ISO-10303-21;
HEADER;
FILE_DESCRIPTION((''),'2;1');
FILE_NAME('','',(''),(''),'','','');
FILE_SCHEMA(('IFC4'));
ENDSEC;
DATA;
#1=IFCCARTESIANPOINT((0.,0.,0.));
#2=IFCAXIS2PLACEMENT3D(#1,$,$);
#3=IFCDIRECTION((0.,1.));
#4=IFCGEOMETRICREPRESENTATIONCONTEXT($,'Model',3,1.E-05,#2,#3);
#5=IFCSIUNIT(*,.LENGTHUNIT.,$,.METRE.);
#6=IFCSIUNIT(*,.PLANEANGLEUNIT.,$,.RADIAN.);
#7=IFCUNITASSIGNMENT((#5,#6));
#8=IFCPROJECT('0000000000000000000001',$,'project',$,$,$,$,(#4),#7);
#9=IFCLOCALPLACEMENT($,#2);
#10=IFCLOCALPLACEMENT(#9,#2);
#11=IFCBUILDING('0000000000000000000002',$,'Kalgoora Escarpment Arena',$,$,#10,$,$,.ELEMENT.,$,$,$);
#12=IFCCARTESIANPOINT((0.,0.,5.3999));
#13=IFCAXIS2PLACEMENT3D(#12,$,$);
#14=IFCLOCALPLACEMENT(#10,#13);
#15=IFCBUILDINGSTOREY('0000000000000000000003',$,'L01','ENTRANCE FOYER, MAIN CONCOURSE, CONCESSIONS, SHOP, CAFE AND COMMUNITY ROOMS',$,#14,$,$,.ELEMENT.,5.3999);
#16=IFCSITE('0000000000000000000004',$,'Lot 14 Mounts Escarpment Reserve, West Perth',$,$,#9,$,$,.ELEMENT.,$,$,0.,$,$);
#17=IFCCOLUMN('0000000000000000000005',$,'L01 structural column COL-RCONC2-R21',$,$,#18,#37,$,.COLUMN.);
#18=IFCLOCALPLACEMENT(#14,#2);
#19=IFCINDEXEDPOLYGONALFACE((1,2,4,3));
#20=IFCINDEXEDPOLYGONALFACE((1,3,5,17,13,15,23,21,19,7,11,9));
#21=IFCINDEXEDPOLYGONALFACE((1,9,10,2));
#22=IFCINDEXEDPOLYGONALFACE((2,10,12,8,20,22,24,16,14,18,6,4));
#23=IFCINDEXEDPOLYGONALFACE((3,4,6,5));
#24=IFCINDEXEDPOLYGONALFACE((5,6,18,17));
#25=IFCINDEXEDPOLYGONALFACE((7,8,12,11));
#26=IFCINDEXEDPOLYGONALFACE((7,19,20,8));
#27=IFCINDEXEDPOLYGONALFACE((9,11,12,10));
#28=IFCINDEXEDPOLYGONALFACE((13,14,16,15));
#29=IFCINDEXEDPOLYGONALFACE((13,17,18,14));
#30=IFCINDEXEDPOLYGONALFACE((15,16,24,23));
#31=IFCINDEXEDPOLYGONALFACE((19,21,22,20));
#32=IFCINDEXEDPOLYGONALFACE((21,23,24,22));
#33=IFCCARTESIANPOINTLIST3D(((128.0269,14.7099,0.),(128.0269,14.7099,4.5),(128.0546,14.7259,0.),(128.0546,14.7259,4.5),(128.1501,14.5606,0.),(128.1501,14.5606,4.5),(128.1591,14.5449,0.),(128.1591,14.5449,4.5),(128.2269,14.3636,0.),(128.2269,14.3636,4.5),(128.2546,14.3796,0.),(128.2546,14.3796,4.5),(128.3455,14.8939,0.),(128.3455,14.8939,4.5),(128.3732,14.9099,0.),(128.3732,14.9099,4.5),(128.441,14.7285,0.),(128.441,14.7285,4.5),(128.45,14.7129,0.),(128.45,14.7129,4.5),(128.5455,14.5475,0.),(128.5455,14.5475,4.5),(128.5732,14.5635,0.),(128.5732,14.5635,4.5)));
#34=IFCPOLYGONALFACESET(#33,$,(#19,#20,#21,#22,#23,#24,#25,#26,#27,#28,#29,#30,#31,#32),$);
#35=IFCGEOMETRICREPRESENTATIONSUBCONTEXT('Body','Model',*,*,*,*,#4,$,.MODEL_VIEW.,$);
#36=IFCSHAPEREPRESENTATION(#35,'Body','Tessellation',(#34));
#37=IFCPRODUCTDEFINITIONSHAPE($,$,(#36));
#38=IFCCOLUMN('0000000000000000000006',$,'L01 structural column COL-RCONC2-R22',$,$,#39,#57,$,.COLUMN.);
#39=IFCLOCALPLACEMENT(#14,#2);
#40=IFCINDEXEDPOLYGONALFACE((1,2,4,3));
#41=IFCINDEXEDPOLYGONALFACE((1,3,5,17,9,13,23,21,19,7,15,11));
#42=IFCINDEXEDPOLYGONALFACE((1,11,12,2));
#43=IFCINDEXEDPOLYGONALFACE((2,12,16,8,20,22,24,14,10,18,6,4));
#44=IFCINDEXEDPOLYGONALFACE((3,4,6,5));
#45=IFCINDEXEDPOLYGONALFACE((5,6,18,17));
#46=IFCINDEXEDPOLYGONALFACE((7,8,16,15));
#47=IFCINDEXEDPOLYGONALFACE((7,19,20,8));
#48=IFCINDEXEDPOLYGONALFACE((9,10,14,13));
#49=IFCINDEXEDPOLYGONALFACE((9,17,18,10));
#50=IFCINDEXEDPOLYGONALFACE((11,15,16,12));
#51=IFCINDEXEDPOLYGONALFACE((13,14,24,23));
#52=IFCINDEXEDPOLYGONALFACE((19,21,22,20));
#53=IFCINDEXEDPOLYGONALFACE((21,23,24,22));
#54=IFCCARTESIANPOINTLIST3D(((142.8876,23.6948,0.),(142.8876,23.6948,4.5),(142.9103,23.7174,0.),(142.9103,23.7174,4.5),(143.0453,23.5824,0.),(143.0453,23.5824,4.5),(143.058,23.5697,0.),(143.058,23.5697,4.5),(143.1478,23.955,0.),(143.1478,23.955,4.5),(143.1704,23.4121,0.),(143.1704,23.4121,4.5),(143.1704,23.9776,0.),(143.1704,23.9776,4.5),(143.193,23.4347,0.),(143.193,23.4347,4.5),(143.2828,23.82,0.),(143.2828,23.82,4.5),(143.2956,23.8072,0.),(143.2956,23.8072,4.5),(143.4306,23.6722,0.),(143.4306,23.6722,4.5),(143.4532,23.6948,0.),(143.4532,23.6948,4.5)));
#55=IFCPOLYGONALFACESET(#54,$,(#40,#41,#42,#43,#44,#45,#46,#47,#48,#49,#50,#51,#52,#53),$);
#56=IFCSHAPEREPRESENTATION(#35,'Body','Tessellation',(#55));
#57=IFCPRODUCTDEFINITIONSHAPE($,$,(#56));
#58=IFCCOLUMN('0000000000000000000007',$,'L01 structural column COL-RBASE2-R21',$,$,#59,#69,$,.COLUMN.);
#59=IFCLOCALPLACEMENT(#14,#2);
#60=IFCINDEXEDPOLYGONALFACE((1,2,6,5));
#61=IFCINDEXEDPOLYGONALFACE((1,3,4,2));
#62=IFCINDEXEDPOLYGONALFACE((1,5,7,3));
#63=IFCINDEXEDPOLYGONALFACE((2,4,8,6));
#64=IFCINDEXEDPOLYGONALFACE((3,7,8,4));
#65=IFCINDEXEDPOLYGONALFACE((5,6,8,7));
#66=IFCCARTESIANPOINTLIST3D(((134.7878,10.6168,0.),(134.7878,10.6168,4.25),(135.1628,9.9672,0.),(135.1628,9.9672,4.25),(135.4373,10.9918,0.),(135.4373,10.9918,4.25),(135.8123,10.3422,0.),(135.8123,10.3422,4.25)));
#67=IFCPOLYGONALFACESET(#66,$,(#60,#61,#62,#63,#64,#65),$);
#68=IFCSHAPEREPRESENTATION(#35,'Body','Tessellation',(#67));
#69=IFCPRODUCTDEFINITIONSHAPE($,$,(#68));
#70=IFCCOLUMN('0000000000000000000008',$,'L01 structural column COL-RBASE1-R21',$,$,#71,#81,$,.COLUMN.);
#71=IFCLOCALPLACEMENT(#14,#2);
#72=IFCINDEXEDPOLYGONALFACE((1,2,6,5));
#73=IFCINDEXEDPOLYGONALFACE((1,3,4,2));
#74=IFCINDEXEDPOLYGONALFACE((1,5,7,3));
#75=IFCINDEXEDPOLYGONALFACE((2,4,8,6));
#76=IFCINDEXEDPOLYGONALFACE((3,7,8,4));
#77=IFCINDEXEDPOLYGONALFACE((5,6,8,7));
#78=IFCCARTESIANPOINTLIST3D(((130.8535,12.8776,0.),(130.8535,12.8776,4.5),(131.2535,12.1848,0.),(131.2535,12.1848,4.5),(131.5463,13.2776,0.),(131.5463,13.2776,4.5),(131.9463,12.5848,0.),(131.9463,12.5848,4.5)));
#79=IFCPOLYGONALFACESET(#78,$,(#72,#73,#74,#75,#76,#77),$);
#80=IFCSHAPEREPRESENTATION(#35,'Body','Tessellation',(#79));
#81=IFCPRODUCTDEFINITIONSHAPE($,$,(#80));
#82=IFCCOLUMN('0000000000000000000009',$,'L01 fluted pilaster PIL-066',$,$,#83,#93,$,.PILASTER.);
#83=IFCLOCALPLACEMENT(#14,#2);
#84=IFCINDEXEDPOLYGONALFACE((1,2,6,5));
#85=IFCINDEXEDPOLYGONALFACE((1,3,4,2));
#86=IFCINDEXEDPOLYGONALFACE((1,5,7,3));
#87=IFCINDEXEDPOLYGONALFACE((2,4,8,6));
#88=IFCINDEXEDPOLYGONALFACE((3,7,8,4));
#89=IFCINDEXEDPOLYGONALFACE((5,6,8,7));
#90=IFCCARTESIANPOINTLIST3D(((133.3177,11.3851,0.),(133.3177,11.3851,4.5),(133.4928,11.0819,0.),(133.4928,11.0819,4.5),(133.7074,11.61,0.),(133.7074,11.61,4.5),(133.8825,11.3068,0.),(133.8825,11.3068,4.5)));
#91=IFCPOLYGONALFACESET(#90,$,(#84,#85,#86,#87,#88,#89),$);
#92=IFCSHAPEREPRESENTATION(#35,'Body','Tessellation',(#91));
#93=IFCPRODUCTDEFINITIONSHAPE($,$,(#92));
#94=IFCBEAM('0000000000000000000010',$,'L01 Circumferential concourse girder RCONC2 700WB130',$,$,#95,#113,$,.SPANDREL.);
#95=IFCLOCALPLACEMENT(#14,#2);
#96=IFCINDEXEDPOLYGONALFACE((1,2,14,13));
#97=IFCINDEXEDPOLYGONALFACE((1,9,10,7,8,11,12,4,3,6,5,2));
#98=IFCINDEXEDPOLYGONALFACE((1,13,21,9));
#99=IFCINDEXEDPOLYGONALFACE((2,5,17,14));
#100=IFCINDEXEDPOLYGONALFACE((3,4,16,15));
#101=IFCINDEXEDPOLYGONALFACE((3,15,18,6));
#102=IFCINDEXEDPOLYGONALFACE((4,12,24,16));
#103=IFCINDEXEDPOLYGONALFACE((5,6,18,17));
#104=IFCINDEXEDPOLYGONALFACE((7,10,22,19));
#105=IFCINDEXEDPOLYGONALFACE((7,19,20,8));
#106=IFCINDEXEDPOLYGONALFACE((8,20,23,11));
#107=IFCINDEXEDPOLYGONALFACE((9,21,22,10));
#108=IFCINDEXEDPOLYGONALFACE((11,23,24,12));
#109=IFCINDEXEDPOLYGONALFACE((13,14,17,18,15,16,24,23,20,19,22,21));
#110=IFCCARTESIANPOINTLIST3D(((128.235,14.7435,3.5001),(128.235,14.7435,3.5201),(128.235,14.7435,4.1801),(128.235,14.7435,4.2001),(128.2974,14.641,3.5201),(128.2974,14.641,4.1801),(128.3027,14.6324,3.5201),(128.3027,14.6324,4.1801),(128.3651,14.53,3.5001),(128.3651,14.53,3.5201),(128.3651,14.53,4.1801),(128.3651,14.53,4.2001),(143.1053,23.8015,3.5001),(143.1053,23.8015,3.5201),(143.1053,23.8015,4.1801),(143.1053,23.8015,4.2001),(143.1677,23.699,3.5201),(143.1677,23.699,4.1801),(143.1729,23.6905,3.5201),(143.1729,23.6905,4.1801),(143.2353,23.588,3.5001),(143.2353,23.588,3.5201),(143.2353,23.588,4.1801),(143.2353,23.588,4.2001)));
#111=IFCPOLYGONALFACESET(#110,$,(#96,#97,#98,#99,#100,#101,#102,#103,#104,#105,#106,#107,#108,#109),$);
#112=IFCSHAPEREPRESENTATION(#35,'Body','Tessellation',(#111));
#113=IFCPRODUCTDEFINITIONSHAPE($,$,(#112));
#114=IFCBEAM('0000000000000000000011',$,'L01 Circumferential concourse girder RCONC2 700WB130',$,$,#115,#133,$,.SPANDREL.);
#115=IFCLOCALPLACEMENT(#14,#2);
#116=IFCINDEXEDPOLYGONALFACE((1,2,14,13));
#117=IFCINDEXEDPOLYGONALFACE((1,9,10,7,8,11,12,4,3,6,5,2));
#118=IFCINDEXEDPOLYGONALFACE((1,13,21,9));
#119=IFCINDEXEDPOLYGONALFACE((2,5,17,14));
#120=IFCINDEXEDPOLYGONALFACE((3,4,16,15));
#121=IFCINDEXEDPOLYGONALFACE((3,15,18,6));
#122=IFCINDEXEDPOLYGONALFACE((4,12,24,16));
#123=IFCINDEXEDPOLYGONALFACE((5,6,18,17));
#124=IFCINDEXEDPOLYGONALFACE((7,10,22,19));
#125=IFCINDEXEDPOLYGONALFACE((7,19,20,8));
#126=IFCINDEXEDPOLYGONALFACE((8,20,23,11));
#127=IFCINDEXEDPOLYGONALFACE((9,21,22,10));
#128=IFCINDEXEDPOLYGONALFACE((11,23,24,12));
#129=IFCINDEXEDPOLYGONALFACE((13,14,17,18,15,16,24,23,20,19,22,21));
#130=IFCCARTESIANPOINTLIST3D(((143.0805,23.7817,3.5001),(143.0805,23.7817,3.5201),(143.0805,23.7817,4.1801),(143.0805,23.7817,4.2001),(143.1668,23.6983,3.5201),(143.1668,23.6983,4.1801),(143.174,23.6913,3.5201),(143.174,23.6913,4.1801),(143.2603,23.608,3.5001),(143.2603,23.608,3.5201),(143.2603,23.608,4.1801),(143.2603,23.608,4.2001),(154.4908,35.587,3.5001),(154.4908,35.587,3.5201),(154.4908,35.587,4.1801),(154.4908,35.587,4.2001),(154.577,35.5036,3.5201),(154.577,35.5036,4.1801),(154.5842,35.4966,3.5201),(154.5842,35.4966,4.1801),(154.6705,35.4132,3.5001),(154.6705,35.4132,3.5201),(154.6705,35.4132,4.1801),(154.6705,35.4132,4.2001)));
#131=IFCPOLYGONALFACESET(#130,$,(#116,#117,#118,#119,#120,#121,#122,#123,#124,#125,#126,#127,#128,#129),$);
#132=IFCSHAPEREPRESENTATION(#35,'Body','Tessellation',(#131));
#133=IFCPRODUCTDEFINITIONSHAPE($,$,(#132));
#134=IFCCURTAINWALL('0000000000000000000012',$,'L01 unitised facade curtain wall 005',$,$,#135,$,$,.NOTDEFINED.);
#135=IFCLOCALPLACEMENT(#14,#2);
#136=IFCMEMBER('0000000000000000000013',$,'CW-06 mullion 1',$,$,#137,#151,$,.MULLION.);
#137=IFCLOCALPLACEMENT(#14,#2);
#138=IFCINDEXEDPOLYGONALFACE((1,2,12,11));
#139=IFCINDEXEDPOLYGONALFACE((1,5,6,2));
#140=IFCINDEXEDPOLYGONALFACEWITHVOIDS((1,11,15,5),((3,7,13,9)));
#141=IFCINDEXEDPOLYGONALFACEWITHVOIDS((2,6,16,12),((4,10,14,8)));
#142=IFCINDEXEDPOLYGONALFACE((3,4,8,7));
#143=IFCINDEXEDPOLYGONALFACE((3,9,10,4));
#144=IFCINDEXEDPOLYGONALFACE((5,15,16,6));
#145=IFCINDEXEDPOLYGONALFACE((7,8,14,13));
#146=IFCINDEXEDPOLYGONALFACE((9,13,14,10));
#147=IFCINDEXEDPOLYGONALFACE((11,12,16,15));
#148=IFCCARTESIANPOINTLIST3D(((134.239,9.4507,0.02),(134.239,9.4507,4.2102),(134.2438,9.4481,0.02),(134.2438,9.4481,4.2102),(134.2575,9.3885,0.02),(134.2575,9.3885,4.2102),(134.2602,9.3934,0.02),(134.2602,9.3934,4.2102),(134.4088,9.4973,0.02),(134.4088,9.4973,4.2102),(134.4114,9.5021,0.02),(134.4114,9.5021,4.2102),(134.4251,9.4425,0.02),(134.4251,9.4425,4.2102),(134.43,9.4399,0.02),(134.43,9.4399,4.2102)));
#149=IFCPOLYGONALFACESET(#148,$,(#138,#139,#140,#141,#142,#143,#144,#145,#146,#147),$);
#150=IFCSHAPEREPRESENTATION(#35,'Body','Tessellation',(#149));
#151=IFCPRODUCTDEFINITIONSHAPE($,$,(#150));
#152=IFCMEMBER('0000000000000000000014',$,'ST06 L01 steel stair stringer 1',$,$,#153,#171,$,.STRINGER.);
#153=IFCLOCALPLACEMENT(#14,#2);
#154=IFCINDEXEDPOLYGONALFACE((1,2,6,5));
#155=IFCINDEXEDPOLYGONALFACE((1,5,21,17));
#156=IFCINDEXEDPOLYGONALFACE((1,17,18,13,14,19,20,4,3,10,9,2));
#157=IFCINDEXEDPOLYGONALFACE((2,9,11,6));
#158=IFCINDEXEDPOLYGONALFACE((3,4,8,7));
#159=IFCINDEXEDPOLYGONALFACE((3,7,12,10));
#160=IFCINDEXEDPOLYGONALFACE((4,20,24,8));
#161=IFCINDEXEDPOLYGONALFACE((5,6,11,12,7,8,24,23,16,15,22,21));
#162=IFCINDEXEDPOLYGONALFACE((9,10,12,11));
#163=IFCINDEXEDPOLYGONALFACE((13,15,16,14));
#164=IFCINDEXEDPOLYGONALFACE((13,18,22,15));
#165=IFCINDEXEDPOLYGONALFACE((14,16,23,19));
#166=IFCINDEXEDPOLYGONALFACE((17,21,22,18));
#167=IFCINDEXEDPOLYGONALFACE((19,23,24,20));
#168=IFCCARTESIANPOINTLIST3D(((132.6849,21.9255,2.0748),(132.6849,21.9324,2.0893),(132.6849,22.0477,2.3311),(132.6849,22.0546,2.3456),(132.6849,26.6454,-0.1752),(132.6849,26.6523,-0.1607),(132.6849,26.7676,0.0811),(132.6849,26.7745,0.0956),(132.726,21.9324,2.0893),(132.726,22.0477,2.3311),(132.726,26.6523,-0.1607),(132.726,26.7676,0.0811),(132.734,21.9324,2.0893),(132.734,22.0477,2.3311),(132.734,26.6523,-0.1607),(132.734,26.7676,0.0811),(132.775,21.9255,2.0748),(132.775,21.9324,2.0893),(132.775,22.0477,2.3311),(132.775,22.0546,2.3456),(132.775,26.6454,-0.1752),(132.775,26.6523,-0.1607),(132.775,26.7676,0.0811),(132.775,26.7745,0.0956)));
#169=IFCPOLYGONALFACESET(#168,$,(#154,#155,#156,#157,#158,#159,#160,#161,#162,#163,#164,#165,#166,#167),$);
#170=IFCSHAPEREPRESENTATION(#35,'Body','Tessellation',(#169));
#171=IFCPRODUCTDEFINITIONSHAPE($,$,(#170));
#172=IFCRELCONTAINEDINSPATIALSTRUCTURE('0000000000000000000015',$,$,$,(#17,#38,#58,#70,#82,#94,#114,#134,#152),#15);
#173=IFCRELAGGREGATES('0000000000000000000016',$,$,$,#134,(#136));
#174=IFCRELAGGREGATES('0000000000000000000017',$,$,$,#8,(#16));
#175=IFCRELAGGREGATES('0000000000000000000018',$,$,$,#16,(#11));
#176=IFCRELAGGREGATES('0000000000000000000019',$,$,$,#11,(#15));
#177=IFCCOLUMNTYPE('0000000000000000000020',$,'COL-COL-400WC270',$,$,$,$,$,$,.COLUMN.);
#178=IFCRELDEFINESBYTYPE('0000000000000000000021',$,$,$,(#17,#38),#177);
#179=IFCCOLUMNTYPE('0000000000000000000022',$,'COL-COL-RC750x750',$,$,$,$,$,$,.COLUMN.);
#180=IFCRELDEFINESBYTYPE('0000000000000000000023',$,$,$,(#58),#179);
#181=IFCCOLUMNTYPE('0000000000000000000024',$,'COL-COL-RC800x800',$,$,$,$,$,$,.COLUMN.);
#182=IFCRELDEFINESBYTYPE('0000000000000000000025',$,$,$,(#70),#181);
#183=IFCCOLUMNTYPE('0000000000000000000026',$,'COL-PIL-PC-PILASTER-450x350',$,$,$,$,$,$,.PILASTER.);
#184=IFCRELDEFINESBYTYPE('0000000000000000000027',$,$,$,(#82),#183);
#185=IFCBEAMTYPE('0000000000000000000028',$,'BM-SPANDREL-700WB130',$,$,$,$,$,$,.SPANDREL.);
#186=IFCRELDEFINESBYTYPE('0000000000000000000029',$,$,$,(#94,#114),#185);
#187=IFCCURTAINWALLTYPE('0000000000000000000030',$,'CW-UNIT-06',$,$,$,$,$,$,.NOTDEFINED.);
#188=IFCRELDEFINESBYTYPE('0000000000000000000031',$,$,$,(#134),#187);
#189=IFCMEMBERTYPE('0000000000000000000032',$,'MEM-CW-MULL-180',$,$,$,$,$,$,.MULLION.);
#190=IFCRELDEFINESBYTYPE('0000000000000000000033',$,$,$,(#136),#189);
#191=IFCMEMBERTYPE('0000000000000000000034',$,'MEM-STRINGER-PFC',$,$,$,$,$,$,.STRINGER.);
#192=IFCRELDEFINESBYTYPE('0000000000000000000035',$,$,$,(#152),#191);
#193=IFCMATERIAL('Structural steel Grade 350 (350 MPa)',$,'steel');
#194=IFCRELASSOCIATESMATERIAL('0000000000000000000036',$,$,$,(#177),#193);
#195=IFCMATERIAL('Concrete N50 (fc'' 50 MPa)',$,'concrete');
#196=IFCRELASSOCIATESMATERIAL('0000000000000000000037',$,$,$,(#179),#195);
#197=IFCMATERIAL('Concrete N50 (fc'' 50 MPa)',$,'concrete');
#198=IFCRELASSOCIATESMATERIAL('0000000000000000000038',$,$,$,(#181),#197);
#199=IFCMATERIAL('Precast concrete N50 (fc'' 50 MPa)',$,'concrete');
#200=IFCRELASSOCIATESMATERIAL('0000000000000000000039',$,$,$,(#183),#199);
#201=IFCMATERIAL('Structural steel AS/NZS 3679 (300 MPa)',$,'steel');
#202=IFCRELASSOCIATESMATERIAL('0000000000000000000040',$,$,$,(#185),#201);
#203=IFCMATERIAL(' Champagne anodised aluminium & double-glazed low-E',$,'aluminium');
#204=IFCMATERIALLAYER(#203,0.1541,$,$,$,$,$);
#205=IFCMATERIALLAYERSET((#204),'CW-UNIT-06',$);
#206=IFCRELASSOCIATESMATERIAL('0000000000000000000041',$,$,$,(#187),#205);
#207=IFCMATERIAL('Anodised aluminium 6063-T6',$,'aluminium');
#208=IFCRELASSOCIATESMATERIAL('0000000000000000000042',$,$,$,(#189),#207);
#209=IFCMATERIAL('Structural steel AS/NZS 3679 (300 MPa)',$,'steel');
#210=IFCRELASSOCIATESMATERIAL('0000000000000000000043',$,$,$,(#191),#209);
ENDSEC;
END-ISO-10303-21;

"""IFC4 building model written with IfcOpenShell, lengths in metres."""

from ifc_helpers import new_model, si_unit, direction, frame, origin, origin_2d, place, context, subcontext, project, spatial, rectangle, hollow_rectangle, i_section, extrude, material, layer, layer_set, material_profile, profile_set, type_object, element, aggregate, save


model = new_model("IFC4")

# Units and contexts
model_context = context("Model", 3, precision=1e-05, world=origin(), true_north=direction((0.0, 1.0)))
body_context = subcontext(model_context, "Body", "Model", "MODEL_VIEW")
ifc_project = project(units=[si_unit("LENGTHUNIT", "METRE"), si_unit("PLANEANGLEUNIT", "RADIAN")], contexts=[model_context])

# Site, building, storey
site_placement = place(None, origin())
site = spatial("IfcSite", under=ifc_project, at=site_placement, Name="Lot 14 Mounts Escarpment Reserve, West Perth", CompositionType="ELEMENT", RefElevation=0.0)
building_placement = place(site_placement, origin())
building = spatial("IfcBuilding", under=site, at=building_placement, Name="Kalgoora Escarpment Arena", CompositionType="ELEMENT")
storey_placement = place(building_placement, frame((0.0, 0.0, 5.3999)))
storey = spatial("IfcBuildingStorey", under=building, at=storey_placement, Name="L01", Description="ENTRANCE FOYER, MAIN CONCOURSE, CONCESSIONS, SHOP, CAFE AND COMMUNITY ROOMS", CompositionType="ELEMENT", Elevation=5.3999)

# Columns
ifc_material_1 = material(Name="Structural steel Grade 350 (350 MPa)", Category="steel")
ifc_material_profile_1 = material_profile(ifc_material_1, i_section(OverallWidth=0.3999, OverallDepth=0.3999, WebThickness=0.0181, FlangeThickness=0.032, at=origin_2d()))
ifc_profile_set_1 = profile_set([ifc_material_profile_1], Name="Structural steel Grade 350 (350 MPa)")
column_type_1 = type_object("IfcColumnType", Name="COL-COL-400WC270", PredefinedType="COLUMN", material=ifc_profile_set_1)
for number, where, z_axis, x_axis, name in (
    (1, (128.3, 14.6367, 0.0), (0.0, 0.0, 1.0), (0.5, -0.866025, 0.0), "L01 structural column COL-RCONC2-R21"),
    (2, (143.1704, 23.6948, 0.0), (0.0, 0.0, 1.0), (0.707107, -0.707107, 0.0), "L01 structural column COL-RCONC2-R22"),
):
    element("IfcColumn", number, at=place(storey_placement, frame(where, z_axis=z_axis, x_axis=x_axis)), inside=storey, type_object=column_type_1, Name=name, PredefinedType="COLUMN", context=body_context, shape_type="SweptSolid", body=[
        extrude(i_section(OverallWidth=0.3999, OverallDepth=0.3999, WebThickness=0.0181, FlangeThickness=0.032, at=origin_2d()), origin(), (0.0, 0.0, 1.0), 4.5),
    ])
ifc_material_2 = material(Name="Concrete N50 (fc' 50 MPa)", Category="concrete")
ifc_material_profile_2 = material_profile(ifc_material_2, rectangle(XDim=0.75, YDim=0.75, at=origin_2d()))
ifc_profile_set_2 = profile_set([ifc_material_profile_2], Name="Concrete N50 (fc' 50 MPa)")
column_type_2 = type_object("IfcColumnType", Name="COL-COL-RC750x750", PredefinedType="COLUMN", material=ifc_profile_set_2)
column_1_placement = place(storey_placement, frame((135.3, 10.4795, 0.0), z_axis=(0.0, 0.0, 1.0), x_axis=(0.5, -0.866025, 0.0)))
element("IfcColumn", 3, at=column_1_placement, inside=storey, type_object=column_type_2, Name="L01 structural column COL-RBASE2-R21", PredefinedType="COLUMN", context=body_context, shape_type="SweptSolid", body=[
    extrude(rectangle(XDim=0.75, YDim=0.75, at=origin_2d()), origin(), (0.0, 0.0, 1.0), 4.25),
])
ifc_material_3 = material(Name="Concrete N50 (fc' 50 MPa)", Category="concrete")
ifc_material_profile_3 = material_profile(ifc_material_3, rectangle(XDim=0.8, YDim=0.8, at=origin_2d()))
ifc_profile_set_3 = profile_set([ifc_material_profile_3], Name="Concrete N50 (fc' 50 MPa)")
column_type_3 = type_object("IfcColumnType", Name="COL-COL-RC800x800", PredefinedType="COLUMN", material=ifc_profile_set_3)
column_2_placement = place(storey_placement, frame((131.3999, 12.7312, 0.0), z_axis=(0.0, 0.0, 1.0), x_axis=(0.5, -0.866025, 0.0)))
element("IfcColumn", 4, at=column_2_placement, inside=storey, type_object=column_type_3, Name="L01 structural column COL-RBASE1-R21", PredefinedType="COLUMN", context=body_context, shape_type="SweptSolid", body=[
    extrude(rectangle(XDim=0.8, YDim=0.8, at=origin_2d()), origin(), (0.0, 0.0, 1.0), 4.5),
])
ifc_material_4 = material(Name="Precast concrete N50 (fc' 50 MPa)", Category="concrete")
ifc_material_profile_4 = material_profile(ifc_material_4, rectangle(XDim=0.3501, YDim=0.45, at=origin_2d()))
ifc_profile_set_4 = profile_set([ifc_material_profile_4], Name="Precast concrete N50 (fc' 50 MPa)")
column_type_4 = type_object("IfcColumnType", Name="COL-PIL-PC-PILASTER-450x350", PredefinedType="PILASTER", material=ifc_profile_set_4)
column_3_placement = place(storey_placement, frame((133.6001, 11.3459, 0.0), z_axis=(0.0, 0.0, 1.0), x_axis=(0.5, -0.866025, 0.0)))
element("IfcColumn", 5, at=column_3_placement, inside=storey, type_object=column_type_4, Name="L01 fluted pilaster PIL-066", PredefinedType="PILASTER", context=body_context, shape_type="SweptSolid", body=[
    extrude(rectangle(XDim=0.3501, YDim=0.45, at=origin_2d()), origin(), (0.0, 0.0, 1.0), 4.5),
])

# Beams
ifc_material_5 = material(Name="Structural steel AS/NZS 3679 (300 MPa)", Category="steel")
ifc_material_profile_5 = material_profile(ifc_material_5, i_section(OverallWidth=0.25, OverallDepth=0.7, WebThickness=0.01, FlangeThickness=0.02, at=origin_2d()))
ifc_profile_set_5 = profile_set([ifc_material_profile_5], Name="Structural steel AS/NZS 3679 (300 MPa)")
beam_type = type_object("IfcBeamType", Name="BM-SPANDREL-700WB130", PredefinedType="SPANDREL", material=ifc_profile_set_5)
beam_1_placement = place(storey_placement, frame((128.3, 14.6367, 3.8501), z_axis=(0.854031, 0.520223, 0.0), x_axis=(-0.520223, 0.854031, 0.0)))
element("IfcBeam", 6, at=beam_1_placement, inside=storey, type_object=beam_type, Name="L01 Circumferential concourse girder RCONC2 700WB130", PredefinedType="SPANDREL", context=body_context, shape_type="SweptSolid", body=[
    extrude(i_section(OverallWidth=0.25, OverallDepth=0.7, WebThickness=0.01, FlangeThickness=0.02, at=origin_2d()), origin(), (0.0, 0.0, 1.0), 17.4119),
])
beam_2_placement = place(storey_placement, frame((143.1704, 23.6948, 3.8501), z_axis=(0.694974, 0.719034, 0.0), x_axis=(-0.719034, 0.694974, 0.0)))
element("IfcBeam", 7, at=beam_2_placement, inside=storey, type_object=beam_type, Name="L01 Circumferential concourse girder RCONC2 700WB130", PredefinedType="SPANDREL", context=body_context, shape_type="SweptSolid", body=[
    extrude(i_section(OverallWidth=0.25, OverallDepth=0.7, WebThickness=0.01, FlangeThickness=0.02, at=origin_2d()), origin(), (0.0, 0.0, 1.0), 16.4182),
])

# Curtain wall, member
ifc_material_6 = material(Name=" Champagne anodised aluminium & double-glazed low-E", Category="aluminium")
ifc_layer_1 = layer(ifc_material_6, 0.1541)
ifc_layer_set_1 = layer_set([ifc_layer_1], Name="CW-UNIT-06")
curtain_wall_type = type_object("IfcCurtainWallType", Name="CW-UNIT-06", PredefinedType="NOTDEFINED", material=ifc_layer_set_1)
curtain_wall_placement = place(storey_placement, origin())
curtain_wall = element("IfcCurtainWall", 8, at=curtain_wall_placement, inside=storey, type_object=curtain_wall_type, Name="L01 unitised facade curtain wall 005", PredefinedType="NOTDEFINED")
ifc_material_7 = material(Name="Anodised aluminium 6063-T6", Category="aluminium")
ifc_material_profile_6 = material_profile(ifc_material_7, hollow_rectangle(XDim=0.0649, YDim=0.1799, WallThickness=0.0039, at=origin_2d()))
ifc_profile_set_6 = profile_set([ifc_material_profile_6], Name="Anodised aluminium 6063-T6")
member_type_1 = type_object("IfcMemberType", Name="MEM-CW-MULL-180", PredefinedType="MULLION", material=ifc_profile_set_6)
member_placement = place(storey_placement, frame((134.3345, 9.4453, 0.02), z_axis=(0.0, 0.0, 1.0), x_axis=(0.285632, -0.958339, 0.0)))
member = element("IfcMember", 9, at=member_placement, type_object=member_type_1, Name="CW-06 mullion 1", PredefinedType="MULLION", context=body_context, shape_type="SweptSolid", body=[
    extrude(hollow_rectangle(XDim=0.0649, YDim=0.1799, WallThickness=0.0039, at=origin_2d()), origin(), (0.0, 0.0, 1.0), 4.1902),
])
aggregate(curtain_wall, [member])

# Member
ifc_material_8 = material(Name="Structural steel AS/NZS 3679 (300 MPa)", Category="steel")
ifc_material_profile_7 = material_profile(ifc_material_8, i_section(OverallWidth=0.0901, OverallDepth=0.3, WebThickness=0.0081, FlangeThickness=0.0161, at=origin_2d()))
ifc_profile_set_7 = profile_set([ifc_material_profile_7], Name="Structural steel AS/NZS 3679 (300 MPa)")
member_type_2 = type_object("IfcMemberType", Name="MEM-STRINGER-PFC", PredefinedType="STRINGER", material=ifc_profile_set_7)
for number, where, z_axis, x_axis, name in (
    (10, (132.73, 26.71, -0.0398), (0.0, -0.902683, 0.430307), (1.0, 0.0, 0.0), "ST06 L01 steel stair stringer 1"),
):
    element("IfcMember", number, at=place(storey_placement, frame(where, z_axis=z_axis, x_axis=x_axis)), inside=storey, type_object=member_type_2, Name=name, PredefinedType="STRINGER", context=body_context, shape_type="SweptSolid", body=[
        extrude(i_section(OverallWidth=0.0901, OverallDepth=0.3, WebThickness=0.0081, FlangeThickness=0.0161, at=origin_2d()), origin(), (0.0, 0.0, 1.0), 5.2288),
    ])

save(model, "model.ifc")
